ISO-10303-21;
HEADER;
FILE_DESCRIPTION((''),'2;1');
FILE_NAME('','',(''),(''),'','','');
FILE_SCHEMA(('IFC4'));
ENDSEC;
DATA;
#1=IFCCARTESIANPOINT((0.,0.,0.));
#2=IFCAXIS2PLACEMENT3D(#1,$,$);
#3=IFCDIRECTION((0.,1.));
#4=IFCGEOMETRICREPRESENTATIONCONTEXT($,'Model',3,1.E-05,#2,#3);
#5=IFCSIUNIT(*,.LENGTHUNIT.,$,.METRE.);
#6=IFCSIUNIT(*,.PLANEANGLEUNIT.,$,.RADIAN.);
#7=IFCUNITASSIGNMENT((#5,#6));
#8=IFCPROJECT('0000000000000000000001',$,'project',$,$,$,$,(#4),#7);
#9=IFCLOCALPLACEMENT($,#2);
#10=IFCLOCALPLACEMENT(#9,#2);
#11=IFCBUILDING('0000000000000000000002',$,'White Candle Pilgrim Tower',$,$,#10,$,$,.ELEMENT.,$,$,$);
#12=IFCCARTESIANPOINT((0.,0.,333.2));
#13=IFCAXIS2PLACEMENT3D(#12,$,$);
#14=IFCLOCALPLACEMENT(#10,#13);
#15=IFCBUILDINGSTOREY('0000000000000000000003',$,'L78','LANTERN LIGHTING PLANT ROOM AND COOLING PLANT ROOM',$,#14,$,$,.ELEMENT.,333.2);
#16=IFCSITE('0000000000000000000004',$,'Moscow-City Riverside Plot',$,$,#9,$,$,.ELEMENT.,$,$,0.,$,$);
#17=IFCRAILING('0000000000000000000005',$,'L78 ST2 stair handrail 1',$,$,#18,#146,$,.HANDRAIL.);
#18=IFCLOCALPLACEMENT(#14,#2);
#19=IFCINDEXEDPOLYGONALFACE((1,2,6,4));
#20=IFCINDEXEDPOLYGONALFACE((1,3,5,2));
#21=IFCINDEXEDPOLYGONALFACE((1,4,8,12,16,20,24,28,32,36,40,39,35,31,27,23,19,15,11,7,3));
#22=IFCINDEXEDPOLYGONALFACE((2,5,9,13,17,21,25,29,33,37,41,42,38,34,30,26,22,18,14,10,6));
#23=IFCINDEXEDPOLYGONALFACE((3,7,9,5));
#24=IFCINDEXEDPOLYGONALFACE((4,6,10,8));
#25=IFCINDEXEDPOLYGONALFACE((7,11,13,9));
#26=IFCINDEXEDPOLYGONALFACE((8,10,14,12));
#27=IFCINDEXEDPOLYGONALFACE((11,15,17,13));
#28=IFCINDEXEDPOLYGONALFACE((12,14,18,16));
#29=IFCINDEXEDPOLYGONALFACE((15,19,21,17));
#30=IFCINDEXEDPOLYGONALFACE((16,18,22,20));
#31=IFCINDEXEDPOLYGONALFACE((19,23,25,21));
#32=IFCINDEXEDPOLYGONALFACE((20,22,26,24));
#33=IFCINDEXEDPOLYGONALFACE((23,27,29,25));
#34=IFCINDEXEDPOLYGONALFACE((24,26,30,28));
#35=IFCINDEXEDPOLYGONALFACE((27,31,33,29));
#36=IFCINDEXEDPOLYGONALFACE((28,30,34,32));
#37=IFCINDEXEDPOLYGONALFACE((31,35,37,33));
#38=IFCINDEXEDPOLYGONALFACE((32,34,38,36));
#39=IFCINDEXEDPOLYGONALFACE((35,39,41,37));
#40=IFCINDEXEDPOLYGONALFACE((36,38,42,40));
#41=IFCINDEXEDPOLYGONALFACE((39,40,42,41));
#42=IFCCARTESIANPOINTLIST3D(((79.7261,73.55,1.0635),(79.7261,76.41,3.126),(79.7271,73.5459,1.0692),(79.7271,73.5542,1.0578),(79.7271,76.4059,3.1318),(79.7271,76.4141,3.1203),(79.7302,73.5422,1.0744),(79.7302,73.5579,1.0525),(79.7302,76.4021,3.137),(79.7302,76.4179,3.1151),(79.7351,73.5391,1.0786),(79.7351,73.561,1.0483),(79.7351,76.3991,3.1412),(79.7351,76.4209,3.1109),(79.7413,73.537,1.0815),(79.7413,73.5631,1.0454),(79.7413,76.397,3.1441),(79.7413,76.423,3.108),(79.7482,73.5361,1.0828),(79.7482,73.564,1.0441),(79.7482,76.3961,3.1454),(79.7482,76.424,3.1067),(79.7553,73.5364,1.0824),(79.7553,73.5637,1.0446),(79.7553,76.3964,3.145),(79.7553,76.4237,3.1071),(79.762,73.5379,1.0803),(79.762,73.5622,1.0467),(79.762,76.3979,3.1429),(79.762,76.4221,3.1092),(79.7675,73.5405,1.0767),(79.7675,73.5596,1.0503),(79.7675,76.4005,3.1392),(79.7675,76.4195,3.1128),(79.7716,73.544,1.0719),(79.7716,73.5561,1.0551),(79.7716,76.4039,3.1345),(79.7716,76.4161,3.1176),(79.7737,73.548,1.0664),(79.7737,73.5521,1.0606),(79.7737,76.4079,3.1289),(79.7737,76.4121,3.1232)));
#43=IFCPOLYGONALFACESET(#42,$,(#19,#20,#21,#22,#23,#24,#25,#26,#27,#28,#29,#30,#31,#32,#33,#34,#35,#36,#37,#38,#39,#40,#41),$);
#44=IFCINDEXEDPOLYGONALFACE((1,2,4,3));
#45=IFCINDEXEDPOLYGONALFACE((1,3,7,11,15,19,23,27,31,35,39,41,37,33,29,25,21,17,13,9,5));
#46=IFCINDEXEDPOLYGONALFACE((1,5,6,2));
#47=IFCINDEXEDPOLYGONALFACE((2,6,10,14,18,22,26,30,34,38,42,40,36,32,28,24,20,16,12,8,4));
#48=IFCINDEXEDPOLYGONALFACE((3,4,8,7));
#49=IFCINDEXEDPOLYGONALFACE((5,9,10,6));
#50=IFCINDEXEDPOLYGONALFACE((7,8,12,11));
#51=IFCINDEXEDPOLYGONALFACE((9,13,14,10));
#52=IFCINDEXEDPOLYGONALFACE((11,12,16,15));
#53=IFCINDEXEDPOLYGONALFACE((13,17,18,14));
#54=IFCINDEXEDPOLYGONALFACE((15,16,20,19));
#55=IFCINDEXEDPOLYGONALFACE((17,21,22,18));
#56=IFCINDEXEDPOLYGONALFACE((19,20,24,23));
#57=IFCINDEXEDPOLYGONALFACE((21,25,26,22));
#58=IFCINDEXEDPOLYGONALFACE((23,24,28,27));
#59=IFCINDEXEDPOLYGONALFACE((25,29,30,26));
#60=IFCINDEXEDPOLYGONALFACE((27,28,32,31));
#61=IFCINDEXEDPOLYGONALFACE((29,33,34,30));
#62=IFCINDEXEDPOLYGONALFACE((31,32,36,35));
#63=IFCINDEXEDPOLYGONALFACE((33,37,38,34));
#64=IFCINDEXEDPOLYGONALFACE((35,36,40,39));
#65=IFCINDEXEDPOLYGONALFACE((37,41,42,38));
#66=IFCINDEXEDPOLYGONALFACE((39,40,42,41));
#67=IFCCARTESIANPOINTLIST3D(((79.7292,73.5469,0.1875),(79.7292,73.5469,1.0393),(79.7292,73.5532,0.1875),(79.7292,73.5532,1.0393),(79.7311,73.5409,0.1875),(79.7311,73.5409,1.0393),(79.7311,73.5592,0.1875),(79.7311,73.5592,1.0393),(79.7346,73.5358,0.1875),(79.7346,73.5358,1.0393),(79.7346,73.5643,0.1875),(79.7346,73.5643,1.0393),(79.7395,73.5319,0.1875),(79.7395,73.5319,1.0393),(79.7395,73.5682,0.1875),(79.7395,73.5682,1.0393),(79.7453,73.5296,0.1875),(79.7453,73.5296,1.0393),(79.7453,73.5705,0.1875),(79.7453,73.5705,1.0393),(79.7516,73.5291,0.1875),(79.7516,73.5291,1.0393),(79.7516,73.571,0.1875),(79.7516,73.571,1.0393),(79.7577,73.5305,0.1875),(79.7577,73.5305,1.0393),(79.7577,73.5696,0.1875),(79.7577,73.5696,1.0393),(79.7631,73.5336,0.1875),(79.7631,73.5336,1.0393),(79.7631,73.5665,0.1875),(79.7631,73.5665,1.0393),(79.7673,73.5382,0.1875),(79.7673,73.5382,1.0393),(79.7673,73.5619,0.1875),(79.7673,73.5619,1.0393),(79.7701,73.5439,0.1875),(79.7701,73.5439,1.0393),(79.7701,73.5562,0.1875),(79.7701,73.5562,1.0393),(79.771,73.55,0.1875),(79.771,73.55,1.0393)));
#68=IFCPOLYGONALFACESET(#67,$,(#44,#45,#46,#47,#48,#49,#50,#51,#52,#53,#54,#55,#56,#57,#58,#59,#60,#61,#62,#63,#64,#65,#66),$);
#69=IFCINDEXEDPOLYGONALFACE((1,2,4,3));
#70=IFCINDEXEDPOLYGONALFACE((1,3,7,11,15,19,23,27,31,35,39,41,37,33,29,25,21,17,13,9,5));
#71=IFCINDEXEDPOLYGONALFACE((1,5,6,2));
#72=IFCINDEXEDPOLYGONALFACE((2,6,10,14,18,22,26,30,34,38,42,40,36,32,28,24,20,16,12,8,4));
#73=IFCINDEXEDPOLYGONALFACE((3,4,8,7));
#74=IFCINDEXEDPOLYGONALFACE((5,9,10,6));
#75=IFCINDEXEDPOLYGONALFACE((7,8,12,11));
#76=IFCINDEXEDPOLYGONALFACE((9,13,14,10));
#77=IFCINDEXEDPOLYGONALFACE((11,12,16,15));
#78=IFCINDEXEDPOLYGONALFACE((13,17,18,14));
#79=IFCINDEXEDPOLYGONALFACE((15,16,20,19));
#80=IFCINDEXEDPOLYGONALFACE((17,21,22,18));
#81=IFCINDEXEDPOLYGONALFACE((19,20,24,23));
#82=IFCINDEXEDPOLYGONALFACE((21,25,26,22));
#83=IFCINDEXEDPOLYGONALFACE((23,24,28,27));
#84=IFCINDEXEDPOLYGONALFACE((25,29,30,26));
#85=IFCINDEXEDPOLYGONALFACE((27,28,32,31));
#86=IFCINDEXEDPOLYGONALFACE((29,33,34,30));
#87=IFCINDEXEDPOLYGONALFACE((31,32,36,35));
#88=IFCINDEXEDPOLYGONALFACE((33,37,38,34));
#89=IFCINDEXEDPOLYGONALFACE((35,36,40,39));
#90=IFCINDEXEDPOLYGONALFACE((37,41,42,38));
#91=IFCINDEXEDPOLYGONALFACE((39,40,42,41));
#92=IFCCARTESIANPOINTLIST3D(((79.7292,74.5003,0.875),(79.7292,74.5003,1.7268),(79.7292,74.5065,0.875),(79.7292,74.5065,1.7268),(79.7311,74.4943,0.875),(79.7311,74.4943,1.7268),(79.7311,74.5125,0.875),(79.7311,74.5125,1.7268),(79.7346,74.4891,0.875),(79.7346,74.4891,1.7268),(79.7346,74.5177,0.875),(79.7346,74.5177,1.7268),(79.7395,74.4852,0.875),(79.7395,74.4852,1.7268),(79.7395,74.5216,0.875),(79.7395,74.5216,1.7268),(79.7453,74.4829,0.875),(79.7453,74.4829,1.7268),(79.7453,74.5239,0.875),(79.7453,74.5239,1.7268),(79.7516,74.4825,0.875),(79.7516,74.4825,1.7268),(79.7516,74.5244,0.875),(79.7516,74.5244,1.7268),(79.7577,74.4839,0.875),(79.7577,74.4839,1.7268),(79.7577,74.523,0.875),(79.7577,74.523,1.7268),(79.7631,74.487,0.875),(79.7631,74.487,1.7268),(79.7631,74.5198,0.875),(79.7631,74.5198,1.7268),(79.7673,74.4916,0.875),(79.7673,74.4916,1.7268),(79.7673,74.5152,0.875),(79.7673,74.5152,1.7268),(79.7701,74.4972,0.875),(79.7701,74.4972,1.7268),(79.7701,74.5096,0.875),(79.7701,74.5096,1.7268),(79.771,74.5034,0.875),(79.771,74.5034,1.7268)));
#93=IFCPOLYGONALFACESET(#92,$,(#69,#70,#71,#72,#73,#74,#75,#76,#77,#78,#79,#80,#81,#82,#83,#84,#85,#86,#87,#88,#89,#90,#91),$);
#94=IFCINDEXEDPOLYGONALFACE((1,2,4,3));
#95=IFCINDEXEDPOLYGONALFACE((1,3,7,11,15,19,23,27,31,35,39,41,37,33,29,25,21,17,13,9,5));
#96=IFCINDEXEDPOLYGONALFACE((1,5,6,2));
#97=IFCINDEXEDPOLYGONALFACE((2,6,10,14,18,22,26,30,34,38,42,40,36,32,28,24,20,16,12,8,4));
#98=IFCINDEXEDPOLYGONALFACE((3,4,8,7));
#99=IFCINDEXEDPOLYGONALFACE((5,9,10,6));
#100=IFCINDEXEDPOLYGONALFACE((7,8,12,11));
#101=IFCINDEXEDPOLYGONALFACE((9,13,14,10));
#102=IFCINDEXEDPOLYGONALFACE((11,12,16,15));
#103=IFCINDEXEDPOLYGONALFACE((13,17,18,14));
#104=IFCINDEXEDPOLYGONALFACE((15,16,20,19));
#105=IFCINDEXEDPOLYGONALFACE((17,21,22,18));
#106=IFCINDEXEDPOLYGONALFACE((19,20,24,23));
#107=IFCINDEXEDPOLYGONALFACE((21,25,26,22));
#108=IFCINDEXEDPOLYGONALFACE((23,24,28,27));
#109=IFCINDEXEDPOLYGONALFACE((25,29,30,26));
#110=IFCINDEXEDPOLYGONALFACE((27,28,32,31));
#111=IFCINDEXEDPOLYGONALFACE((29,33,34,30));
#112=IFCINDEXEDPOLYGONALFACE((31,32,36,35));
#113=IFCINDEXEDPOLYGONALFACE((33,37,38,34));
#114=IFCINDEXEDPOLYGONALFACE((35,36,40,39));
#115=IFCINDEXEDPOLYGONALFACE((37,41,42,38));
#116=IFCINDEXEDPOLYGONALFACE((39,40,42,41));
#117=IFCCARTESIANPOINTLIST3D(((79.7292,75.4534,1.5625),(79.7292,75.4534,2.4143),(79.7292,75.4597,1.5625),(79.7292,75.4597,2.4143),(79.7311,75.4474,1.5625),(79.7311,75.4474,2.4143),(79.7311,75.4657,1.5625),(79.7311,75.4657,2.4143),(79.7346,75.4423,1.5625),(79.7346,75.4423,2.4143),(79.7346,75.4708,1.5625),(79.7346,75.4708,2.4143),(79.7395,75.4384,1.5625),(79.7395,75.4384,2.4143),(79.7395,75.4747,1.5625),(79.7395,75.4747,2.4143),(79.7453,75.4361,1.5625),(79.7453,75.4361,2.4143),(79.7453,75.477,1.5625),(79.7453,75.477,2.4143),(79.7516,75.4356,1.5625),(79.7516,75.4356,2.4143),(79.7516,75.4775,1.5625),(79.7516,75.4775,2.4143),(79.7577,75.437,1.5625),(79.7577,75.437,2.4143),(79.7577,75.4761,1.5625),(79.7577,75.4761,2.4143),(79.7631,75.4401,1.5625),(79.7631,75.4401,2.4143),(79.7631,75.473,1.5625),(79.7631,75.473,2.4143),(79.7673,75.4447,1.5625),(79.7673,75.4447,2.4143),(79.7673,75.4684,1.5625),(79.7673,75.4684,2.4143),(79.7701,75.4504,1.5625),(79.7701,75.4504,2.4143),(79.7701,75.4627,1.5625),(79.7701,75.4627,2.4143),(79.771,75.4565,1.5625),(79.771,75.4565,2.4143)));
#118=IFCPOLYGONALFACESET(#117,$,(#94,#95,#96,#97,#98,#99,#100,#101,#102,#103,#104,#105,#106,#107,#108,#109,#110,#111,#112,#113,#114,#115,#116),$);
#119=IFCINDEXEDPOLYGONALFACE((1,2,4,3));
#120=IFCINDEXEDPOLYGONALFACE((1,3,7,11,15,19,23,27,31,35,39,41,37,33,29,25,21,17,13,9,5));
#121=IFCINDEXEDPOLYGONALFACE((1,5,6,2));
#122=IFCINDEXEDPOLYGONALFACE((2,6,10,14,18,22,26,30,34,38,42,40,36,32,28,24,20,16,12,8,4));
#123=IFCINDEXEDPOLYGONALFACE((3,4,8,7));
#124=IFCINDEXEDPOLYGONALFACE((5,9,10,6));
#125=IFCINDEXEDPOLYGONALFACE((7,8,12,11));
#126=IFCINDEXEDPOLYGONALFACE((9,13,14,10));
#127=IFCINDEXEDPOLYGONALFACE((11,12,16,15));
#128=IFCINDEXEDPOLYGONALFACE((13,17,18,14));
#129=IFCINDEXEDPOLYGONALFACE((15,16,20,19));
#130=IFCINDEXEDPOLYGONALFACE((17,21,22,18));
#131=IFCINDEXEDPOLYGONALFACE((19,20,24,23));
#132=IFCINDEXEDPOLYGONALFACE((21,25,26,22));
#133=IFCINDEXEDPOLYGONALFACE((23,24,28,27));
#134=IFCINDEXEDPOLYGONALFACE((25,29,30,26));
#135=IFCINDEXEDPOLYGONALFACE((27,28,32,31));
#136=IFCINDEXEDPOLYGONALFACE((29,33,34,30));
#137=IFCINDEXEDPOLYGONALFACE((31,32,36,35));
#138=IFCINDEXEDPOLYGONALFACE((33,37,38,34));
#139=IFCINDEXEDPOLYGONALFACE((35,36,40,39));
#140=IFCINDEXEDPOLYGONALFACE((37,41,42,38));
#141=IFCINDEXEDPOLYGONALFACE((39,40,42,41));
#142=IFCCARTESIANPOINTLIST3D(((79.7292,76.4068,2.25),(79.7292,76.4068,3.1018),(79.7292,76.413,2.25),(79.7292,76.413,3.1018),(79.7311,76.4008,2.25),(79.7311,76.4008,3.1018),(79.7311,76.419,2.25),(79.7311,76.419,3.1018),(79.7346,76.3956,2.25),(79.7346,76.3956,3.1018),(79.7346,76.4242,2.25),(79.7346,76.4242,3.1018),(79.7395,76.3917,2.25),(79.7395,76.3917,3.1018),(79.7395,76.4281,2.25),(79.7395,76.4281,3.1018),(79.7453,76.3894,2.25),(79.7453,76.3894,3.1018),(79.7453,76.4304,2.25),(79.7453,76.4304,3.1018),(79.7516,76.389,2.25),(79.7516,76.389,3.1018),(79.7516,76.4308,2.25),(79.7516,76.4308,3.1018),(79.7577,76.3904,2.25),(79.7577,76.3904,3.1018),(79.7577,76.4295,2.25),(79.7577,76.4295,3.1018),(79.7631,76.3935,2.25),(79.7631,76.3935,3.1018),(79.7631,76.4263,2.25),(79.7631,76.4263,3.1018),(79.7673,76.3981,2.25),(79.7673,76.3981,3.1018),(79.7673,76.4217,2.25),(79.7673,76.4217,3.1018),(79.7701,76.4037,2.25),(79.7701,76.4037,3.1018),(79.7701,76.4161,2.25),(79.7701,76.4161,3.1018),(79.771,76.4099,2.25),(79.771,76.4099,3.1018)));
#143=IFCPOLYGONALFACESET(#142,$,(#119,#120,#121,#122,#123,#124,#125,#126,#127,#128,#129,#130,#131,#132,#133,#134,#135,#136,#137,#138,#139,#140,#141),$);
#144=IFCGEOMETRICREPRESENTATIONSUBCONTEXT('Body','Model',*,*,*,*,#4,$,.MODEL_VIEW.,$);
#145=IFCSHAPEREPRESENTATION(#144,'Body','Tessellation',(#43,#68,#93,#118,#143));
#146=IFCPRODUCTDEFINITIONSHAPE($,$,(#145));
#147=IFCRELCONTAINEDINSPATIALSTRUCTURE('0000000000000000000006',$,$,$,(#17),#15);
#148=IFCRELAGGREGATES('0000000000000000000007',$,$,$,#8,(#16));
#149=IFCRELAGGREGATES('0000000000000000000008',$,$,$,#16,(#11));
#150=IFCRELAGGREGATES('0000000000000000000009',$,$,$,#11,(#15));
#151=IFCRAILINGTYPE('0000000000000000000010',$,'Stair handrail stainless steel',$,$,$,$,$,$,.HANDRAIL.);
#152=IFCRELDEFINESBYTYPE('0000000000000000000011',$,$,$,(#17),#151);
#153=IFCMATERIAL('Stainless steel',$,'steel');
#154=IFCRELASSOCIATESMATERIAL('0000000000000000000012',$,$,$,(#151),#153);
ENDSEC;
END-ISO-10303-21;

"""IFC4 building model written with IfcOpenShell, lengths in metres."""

from ifc_helpers import new_model, si_unit, direction, frame, origin, origin_2d, place, context, subcontext, project, spatial, circle, extrude, material, type_object, element, save


model = new_model("IFC4")

# Units and contexts
model_context = context("Model", 3, precision=1e-05, world=origin(), true_north=direction((0.0, 1.0)))
body_context = subcontext(model_context, "Body", "Model", "MODEL_VIEW")
ifc_project = project(units=[si_unit("LENGTHUNIT", "METRE"), si_unit("PLANEANGLEUNIT", "RADIAN")], contexts=[model_context])

# Site, building, storey
site_placement = place(None, origin())
site = spatial("IfcSite", under=ifc_project, at=site_placement, Name="Moscow-City Riverside Plot", CompositionType="ELEMENT", RefElevation=0.0)
building_placement = place(site_placement, origin())
building = spatial("IfcBuilding", under=site, at=building_placement, Name="White Candle Pilgrim Tower", CompositionType="ELEMENT")
storey_placement = place(building_placement, frame((0.0, 0.0, 333.2)))
storey = spatial("IfcBuildingStorey", under=building, at=storey_placement, Name="L78", Description="LANTERN LIGHTING PLANT ROOM AND COOLING PLANT ROOM", CompositionType="ELEMENT", Elevation=333.2)

# Railing
ifc_material_1 = material(Name="Stainless steel", Category="steel")
railing_type_1 = type_object("IfcRailingType", Name="Stair handrail stainless steel", PredefinedType="HANDRAIL", material=ifc_material_1)
railing_1_placement = place(storey_placement, frame((79.75, 73.55, 0.1875)))
element("IfcRailing", 1, at=railing_1_placement, inside=storey, type_object=railing_type_1, Name="L78 ST2 stair handrail 1", PredefinedType="HANDRAIL", context=body_context, shape_type="SweptSolid", body=[
    extrude(circle(Radius=0.0239, at=origin_2d()), frame((0.0, 0.0, 0.876), z_axis=(0.0, 0.811077, 0.584939), x_axis=(-1.0, 0.0, 0.0)), (0.0, 0.0, 1.0), 3.5261),
    extrude(circle(Radius=0.021, at=origin_2d()), origin(), (0.0, 0.0, 1.0), 0.8518),
    extrude(circle(Radius=0.021, at=origin_2d()), frame((0.0, 0.9534, 0.6875)), (0.0, 0.0, 1.0), 0.8518),
    extrude(circle(Radius=0.021, at=origin_2d()), frame((0.0, 1.9065, 1.375)), (0.0, 0.0, 1.0), 0.8518),
    extrude(circle(Radius=0.021, at=origin_2d()), frame((0.0, 2.8599, 2.0625)), (0.0, 0.0, 1.0), 0.8518),
])

save(model, "model.ifc")
